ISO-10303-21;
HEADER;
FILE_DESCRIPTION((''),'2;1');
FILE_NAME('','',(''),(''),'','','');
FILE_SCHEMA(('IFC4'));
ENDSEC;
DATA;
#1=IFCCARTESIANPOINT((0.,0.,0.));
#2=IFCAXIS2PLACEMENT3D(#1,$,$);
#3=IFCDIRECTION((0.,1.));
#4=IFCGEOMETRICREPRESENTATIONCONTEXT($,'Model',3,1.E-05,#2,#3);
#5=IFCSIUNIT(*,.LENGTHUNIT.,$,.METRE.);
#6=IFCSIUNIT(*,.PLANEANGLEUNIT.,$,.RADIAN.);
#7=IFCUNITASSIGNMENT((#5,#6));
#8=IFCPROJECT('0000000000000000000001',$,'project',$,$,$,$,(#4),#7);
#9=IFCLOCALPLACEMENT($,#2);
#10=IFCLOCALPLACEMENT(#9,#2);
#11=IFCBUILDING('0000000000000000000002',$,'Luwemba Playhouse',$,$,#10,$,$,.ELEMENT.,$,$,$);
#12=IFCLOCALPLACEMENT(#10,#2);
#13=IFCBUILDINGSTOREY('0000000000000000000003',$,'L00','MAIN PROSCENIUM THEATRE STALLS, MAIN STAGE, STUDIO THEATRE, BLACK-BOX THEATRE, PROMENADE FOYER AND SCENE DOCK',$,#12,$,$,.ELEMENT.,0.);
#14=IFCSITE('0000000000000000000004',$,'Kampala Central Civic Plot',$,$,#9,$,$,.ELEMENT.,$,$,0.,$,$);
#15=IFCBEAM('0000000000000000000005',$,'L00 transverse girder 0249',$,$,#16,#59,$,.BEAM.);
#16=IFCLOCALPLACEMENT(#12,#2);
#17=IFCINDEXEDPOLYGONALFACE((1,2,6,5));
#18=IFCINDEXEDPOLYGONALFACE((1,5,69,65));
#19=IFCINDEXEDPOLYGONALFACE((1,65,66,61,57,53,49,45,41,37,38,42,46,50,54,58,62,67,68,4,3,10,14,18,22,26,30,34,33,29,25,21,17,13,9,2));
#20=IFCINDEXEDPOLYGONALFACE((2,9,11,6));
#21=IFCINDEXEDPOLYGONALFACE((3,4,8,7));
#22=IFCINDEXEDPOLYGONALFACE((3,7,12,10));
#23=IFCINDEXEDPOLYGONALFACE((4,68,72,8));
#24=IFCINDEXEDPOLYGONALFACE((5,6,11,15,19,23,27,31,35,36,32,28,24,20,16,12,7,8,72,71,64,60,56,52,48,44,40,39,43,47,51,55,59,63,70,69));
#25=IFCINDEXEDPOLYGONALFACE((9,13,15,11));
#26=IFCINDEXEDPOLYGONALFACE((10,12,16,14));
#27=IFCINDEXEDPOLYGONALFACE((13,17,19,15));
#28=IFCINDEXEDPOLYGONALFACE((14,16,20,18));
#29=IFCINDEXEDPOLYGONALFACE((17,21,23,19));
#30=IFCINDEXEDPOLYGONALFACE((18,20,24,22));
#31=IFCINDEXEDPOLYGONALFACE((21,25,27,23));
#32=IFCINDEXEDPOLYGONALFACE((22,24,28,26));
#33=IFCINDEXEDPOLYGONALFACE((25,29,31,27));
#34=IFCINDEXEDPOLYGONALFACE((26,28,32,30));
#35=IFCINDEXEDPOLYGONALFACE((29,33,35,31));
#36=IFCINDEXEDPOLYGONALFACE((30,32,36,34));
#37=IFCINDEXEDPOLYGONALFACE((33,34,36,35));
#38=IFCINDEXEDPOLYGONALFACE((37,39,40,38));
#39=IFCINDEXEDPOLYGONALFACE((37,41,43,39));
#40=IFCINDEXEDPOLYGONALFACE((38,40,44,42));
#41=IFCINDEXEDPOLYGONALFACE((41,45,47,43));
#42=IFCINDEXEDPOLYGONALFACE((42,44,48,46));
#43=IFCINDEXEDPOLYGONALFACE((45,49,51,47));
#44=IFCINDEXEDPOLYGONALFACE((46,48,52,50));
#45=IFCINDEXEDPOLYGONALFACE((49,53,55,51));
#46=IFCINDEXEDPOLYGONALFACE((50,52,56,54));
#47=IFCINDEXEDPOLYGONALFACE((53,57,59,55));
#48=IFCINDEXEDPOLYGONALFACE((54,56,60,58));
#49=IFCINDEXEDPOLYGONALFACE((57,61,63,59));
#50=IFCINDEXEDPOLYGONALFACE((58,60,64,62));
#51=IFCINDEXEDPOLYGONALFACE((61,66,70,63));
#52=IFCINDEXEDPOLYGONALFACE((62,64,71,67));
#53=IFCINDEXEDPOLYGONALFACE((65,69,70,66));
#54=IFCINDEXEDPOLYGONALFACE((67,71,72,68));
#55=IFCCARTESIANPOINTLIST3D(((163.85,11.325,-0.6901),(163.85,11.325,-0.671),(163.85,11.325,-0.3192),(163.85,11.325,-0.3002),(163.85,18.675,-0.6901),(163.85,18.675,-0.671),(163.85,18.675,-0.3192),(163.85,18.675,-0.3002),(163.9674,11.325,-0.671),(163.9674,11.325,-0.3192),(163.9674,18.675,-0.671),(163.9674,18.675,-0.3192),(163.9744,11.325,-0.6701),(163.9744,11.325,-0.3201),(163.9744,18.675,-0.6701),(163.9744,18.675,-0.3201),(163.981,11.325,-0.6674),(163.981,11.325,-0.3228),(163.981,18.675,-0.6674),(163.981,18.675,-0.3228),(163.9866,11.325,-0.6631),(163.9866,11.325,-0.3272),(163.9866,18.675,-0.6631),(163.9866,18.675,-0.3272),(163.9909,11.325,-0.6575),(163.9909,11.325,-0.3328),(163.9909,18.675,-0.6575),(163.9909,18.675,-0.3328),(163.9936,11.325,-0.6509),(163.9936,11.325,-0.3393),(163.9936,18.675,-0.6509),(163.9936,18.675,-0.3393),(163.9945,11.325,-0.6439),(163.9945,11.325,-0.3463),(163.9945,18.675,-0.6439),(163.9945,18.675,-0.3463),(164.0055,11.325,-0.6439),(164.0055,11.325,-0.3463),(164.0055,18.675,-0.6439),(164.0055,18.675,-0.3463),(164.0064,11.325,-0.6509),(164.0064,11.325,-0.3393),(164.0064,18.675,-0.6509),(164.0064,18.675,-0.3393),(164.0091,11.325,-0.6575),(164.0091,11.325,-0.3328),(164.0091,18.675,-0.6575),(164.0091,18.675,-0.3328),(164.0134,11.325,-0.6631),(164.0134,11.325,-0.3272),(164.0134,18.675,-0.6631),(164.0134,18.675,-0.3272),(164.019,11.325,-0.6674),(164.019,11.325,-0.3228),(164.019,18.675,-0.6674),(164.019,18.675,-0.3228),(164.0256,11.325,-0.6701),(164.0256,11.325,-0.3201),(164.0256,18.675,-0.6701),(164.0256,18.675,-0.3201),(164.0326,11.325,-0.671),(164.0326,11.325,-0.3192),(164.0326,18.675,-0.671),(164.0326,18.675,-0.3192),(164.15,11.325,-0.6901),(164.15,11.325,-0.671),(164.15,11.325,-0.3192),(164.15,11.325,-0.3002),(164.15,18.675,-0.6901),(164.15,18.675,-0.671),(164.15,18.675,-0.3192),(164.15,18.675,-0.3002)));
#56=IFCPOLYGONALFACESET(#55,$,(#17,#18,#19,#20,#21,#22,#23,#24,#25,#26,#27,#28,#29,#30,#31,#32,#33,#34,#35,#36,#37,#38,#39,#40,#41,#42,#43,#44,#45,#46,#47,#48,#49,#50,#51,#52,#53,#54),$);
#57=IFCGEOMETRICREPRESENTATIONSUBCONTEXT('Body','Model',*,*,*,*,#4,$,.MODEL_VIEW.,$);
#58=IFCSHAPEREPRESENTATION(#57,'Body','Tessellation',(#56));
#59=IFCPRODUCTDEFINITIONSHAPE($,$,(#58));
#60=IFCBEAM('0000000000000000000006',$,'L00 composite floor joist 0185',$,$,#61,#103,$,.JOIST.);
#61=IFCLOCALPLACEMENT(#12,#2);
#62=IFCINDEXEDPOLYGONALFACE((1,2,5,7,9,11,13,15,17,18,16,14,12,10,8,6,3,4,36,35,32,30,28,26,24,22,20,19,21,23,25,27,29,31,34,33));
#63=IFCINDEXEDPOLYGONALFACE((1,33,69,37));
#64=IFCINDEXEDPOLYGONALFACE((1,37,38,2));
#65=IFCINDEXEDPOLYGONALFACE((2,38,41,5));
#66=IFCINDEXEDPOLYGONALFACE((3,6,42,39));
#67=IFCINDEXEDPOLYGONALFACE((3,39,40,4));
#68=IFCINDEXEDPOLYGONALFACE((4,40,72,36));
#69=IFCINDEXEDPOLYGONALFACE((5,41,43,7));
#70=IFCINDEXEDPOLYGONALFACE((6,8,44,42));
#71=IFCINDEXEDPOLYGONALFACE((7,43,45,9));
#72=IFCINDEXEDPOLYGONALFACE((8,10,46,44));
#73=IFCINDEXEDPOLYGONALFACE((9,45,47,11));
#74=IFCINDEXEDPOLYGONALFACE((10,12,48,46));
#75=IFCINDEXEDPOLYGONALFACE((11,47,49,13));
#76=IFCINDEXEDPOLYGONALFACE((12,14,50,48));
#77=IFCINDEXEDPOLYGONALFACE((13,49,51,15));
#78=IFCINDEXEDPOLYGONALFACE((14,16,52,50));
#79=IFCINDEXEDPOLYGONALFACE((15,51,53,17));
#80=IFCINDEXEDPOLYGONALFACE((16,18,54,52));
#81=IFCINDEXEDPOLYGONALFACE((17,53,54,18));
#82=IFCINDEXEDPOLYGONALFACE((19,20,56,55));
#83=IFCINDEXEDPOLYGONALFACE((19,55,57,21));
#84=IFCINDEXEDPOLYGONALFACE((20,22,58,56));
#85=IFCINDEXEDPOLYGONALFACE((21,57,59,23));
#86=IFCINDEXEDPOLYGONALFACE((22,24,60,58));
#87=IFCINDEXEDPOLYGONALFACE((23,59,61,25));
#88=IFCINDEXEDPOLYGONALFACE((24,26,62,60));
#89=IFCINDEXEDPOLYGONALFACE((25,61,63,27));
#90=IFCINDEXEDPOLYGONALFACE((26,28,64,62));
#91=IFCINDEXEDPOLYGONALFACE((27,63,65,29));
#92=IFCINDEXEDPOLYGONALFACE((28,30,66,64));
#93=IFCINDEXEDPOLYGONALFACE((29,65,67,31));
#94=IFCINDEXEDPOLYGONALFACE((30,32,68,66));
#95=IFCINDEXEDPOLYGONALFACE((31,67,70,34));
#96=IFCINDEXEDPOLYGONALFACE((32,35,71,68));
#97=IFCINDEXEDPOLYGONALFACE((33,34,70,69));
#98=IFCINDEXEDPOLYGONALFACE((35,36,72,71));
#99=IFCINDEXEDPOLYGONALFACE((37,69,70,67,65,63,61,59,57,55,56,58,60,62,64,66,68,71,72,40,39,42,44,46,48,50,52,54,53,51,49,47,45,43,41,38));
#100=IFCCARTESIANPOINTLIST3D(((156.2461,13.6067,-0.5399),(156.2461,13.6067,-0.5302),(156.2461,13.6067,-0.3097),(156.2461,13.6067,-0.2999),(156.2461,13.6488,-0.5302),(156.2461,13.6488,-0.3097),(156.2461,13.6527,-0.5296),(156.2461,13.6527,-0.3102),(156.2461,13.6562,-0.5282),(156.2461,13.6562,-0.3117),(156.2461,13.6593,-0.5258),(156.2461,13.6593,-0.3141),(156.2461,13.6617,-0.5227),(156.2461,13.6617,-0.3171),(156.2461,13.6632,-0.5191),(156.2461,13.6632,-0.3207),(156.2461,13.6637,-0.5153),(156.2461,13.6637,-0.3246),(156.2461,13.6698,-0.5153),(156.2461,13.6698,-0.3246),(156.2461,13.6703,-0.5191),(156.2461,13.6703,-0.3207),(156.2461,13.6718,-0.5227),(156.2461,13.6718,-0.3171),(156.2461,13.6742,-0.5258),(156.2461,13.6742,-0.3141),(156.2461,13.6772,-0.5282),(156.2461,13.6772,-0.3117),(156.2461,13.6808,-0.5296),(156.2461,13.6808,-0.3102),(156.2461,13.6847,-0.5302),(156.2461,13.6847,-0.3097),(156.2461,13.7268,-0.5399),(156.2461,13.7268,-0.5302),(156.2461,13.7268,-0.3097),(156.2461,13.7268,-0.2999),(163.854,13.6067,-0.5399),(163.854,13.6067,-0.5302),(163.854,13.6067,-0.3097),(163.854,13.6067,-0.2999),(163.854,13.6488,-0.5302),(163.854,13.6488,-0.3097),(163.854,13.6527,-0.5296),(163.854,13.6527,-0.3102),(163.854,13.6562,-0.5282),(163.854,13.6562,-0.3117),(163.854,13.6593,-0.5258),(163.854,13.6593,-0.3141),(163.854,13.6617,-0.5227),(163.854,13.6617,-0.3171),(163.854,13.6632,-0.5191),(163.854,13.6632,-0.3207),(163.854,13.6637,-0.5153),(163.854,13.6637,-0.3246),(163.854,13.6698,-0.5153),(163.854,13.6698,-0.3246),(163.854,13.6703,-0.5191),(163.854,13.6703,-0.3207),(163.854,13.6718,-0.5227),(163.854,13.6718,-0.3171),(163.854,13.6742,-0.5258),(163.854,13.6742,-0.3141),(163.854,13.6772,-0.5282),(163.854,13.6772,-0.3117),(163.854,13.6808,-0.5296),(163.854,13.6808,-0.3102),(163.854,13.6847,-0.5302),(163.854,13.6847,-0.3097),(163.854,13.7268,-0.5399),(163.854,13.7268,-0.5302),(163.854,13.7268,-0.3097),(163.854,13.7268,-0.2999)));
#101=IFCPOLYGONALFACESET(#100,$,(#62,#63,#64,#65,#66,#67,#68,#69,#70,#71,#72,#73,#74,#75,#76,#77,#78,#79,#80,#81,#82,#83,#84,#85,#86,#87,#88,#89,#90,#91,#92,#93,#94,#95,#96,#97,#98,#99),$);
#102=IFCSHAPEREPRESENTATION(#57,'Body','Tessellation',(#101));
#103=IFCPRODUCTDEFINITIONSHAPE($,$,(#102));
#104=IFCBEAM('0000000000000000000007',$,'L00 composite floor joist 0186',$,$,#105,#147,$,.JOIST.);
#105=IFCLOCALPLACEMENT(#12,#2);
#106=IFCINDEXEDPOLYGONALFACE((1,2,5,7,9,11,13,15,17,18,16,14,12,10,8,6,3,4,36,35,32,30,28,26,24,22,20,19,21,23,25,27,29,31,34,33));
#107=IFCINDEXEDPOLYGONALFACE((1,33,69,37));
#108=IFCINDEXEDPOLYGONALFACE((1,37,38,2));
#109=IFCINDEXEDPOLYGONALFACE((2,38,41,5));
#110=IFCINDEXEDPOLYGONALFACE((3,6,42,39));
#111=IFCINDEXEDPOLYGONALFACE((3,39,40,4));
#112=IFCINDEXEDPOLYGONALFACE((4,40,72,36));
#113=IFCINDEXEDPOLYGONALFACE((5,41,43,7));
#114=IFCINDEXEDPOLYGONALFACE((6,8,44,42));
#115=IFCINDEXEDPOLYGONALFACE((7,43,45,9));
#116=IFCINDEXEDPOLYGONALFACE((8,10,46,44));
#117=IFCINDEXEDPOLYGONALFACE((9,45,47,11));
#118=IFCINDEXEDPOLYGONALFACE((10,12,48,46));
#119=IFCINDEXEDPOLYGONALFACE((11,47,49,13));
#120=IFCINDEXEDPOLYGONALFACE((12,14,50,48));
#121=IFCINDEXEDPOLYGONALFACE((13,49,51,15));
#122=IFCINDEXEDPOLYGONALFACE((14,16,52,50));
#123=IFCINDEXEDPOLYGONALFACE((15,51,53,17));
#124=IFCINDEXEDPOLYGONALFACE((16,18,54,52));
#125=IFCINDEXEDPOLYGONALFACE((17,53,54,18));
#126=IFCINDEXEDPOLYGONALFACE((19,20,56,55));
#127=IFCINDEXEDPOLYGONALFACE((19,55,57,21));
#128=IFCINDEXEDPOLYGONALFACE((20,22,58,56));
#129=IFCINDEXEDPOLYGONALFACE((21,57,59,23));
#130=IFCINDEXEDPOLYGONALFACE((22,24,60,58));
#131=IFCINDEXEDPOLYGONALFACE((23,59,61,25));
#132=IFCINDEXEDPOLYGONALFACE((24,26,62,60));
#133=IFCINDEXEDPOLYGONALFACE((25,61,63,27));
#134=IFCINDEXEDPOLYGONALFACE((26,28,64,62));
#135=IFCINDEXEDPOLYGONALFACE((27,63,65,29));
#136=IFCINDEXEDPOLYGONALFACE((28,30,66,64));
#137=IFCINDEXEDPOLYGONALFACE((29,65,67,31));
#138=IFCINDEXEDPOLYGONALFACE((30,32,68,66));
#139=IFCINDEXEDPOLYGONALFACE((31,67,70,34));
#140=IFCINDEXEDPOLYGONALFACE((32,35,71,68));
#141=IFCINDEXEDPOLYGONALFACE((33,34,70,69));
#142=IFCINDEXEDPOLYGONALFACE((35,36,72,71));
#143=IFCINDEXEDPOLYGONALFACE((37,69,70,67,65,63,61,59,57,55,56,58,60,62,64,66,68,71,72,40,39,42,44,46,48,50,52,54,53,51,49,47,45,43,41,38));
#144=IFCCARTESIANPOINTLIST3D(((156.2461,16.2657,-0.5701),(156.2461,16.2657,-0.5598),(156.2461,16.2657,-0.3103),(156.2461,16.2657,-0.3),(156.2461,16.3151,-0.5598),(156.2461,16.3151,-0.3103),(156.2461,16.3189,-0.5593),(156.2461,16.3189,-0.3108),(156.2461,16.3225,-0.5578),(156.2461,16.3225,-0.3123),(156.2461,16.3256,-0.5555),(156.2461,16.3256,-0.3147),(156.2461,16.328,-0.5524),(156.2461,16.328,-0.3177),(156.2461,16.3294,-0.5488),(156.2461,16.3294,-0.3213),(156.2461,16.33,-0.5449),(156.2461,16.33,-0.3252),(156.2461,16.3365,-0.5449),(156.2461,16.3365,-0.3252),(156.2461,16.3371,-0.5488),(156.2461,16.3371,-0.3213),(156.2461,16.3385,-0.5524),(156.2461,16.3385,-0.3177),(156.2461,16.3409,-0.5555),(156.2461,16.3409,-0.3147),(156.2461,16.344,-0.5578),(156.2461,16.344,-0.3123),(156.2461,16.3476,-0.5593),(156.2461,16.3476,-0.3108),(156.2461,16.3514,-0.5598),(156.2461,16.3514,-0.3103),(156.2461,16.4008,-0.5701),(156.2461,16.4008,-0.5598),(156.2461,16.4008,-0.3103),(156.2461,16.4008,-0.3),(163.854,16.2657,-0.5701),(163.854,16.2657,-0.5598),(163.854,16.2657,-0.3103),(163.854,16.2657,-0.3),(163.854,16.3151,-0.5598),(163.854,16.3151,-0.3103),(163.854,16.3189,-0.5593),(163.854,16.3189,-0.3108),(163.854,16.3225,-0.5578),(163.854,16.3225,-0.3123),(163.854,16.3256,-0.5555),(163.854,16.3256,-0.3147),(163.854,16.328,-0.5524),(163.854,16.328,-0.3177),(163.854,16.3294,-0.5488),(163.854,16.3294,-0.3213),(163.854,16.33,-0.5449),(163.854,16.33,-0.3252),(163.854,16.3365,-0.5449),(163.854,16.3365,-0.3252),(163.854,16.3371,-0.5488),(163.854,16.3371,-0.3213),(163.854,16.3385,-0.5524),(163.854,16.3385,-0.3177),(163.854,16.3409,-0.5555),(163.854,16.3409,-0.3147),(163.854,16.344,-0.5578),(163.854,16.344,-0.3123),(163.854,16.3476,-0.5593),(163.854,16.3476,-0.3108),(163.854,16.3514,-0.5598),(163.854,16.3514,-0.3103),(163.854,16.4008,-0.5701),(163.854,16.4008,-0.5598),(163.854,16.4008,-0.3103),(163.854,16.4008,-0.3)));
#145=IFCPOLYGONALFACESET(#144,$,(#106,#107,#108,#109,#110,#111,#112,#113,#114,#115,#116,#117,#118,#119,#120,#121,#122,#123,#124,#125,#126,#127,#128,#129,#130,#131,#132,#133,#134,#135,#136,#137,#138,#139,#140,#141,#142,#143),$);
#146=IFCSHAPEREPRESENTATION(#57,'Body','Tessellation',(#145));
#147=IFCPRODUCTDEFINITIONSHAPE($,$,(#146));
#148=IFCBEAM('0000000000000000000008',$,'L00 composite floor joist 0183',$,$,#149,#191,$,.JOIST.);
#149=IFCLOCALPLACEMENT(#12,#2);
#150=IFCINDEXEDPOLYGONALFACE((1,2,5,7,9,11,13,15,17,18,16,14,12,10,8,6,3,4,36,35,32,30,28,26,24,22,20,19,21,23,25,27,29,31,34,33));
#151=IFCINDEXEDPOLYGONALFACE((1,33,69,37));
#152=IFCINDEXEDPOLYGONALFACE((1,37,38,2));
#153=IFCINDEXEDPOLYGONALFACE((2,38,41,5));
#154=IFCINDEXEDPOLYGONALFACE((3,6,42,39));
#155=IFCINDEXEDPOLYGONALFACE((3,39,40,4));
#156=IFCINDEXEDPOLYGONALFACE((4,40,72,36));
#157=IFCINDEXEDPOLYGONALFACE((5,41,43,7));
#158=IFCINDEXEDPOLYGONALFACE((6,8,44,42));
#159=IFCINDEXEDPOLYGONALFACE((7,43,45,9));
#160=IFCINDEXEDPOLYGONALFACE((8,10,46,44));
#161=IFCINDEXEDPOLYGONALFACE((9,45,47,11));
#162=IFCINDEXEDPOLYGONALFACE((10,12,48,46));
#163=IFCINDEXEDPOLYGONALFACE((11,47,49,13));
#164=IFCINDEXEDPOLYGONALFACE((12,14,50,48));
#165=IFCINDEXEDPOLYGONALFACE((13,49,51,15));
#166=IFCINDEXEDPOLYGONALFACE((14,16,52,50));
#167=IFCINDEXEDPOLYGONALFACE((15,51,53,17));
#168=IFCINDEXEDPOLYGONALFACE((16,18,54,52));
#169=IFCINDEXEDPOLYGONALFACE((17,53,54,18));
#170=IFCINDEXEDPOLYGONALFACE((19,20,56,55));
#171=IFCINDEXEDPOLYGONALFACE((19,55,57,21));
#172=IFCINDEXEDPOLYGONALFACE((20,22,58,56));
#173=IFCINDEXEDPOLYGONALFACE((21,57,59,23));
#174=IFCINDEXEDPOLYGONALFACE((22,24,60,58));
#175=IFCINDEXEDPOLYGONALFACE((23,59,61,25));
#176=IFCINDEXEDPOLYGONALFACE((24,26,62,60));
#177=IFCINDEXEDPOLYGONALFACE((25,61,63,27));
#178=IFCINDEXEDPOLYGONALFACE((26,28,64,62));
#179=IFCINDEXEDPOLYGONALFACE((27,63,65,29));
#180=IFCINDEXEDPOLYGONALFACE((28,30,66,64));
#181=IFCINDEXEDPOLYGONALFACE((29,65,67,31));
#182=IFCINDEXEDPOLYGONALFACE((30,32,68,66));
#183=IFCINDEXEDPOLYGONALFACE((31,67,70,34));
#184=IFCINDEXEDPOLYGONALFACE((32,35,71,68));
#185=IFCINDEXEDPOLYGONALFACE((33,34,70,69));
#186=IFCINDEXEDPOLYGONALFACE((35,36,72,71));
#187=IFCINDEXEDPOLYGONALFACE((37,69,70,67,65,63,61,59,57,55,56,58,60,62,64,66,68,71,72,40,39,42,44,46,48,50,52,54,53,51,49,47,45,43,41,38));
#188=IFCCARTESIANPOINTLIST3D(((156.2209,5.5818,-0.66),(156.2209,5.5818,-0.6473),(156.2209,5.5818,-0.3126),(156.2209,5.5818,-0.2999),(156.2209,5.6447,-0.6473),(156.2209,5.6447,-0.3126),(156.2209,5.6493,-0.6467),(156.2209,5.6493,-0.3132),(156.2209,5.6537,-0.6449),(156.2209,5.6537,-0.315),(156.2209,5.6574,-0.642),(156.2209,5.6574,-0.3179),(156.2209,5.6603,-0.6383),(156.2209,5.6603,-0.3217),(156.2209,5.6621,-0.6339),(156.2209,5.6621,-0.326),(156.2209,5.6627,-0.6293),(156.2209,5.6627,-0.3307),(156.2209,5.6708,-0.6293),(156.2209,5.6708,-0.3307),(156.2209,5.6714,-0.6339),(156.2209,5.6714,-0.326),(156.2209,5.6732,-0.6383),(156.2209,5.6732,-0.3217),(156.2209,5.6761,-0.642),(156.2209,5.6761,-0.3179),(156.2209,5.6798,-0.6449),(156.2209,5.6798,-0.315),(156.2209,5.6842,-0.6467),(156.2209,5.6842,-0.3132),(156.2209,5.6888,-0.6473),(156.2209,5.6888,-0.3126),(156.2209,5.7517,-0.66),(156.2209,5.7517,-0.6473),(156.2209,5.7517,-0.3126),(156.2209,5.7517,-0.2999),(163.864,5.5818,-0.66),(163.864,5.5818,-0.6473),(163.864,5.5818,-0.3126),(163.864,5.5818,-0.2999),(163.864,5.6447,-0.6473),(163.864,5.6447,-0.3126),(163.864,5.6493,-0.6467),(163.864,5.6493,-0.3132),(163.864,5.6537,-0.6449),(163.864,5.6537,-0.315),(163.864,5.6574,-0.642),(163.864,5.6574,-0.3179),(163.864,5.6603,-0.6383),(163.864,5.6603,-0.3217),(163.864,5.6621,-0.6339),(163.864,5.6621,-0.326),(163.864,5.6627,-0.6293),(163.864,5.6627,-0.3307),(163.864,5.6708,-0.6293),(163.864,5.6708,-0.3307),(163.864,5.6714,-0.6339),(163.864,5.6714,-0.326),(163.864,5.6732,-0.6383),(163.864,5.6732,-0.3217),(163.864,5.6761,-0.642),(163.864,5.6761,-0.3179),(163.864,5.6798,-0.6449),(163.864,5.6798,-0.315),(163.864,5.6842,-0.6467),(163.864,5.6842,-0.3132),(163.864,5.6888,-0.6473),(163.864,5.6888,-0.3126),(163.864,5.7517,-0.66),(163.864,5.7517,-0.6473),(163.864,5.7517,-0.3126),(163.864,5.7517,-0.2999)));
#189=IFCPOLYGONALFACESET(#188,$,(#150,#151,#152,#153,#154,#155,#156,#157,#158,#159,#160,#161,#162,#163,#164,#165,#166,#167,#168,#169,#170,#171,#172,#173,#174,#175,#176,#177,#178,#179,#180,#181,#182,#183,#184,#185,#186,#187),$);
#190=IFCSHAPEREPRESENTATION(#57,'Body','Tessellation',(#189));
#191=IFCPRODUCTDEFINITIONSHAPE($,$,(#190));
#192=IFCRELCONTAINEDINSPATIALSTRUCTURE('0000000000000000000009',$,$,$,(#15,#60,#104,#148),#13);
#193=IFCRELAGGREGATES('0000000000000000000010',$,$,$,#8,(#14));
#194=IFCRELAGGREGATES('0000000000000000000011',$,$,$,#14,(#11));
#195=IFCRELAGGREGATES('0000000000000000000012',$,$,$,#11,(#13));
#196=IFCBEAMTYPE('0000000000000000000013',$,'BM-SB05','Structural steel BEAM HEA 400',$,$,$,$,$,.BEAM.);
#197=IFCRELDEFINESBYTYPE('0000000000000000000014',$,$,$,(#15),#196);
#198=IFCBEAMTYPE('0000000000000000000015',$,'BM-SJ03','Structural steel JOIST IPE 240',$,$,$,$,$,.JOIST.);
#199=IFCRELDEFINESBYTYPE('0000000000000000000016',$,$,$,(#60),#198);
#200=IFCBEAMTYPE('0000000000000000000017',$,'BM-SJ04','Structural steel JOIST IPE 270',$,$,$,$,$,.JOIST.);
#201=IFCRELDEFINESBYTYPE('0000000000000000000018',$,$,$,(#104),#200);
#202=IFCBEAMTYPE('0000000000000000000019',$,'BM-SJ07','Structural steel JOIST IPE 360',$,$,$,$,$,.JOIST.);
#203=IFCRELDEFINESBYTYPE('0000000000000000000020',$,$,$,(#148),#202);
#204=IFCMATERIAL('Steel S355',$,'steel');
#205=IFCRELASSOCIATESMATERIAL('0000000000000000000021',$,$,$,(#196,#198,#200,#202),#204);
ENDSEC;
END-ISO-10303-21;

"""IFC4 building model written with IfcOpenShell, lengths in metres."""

from ifc_helpers import new_model, si_unit, direction, frame, origin, origin_2d, place, context, subcontext, project, spatial, i_section, extrude, material, material_profile, profile_set, type_object, element, save


model = new_model("IFC4")

# Units and contexts
model_context = context("Model", 3, precision=1e-05, world=origin(), true_north=direction((0.0, 1.0)))
body_context = subcontext(model_context, "Body", "Model", "MODEL_VIEW")
ifc_project = project(units=[si_unit("LENGTHUNIT", "METRE"), si_unit("PLANEANGLEUNIT", "RADIAN")], contexts=[model_context])

# Site, building, storey
site_placement = place(None, origin())
site = spatial("IfcSite", under=ifc_project, at=site_placement, Name="Kampala Central Civic Plot", CompositionType="ELEMENT", RefElevation=0.0)
building_placement = place(site_placement, origin())
building = spatial("IfcBuilding", under=site, at=building_placement, Name="Luwemba Playhouse", CompositionType="ELEMENT")
storey_placement = place(building_placement, origin())
storey = spatial("IfcBuildingStorey", under=building, at=storey_placement, Name="L00", Description="MAIN PROSCENIUM THEATRE STALLS, MAIN STAGE, STUDIO THEATRE, BLACK-BOX THEATRE, PROMENADE FOYER AND SCENE DOCK", CompositionType="ELEMENT", Elevation=0.0)

# Beams
ifc_material_1 = material(Name="Steel S355", Category="steel")
ifc_material_profile_1 = material_profile(ifc_material_1, i_section(OverallWidth=0.3, OverallDepth=0.3899, WebThickness=0.011, FlangeThickness=0.019, FilletRadius=0.0271, at=origin_2d()))
ifc_profile_set_1 = profile_set([ifc_material_profile_1], Name="Steel S355")
beam_type_1 = type_object("IfcBeamType", Name="BM-SB05", Description="Structural steel BEAM HEA 400", PredefinedType="BEAM", material=ifc_profile_set_1)
beam_1_placement = place(storey_placement, frame((164.0, 11.325, -0.4951), z_axis=(0.0, 1.0, 0.0), x_axis=(-1.0, 0.0, 0.0)))
element("IfcBeam", 1, at=beam_1_placement, inside=storey, type_object=beam_type_1, Name="L00 transverse girder 0249", PredefinedType="BEAM", context=body_context, shape_type="SweptSolid", body=[
    extrude(i_section(OverallWidth=0.3, OverallDepth=0.3899, WebThickness=0.011, FlangeThickness=0.019, FilletRadius=0.0271, at=origin_2d()), origin(), (0.0, 0.0, 1.0), 7.3501),
])
ifc_material_profile_2 = material_profile(ifc_material_1, i_section(OverallWidth=0.1201, OverallDepth=0.24, WebThickness=0.0061, FlangeThickness=0.0098, FilletRadius=0.0149, at=origin_2d()))
ifc_profile_set_2 = profile_set([ifc_material_profile_2], Name="Steel S355")
beam_type_2 = type_object("IfcBeamType", Name="BM-SJ03", Description="Structural steel JOIST IPE 240", PredefinedType="JOIST", material=ifc_profile_set_2)
beam_2_placement = place(storey_placement, frame((156.2461, 13.6667, -0.4199), z_axis=(1.0, 0.0, 0.0), x_axis=(0.0, 1.0, 0.0)))
element("IfcBeam", 2, at=beam_2_placement, inside=storey, type_object=beam_type_2, Name="L00 composite floor joist 0185", PredefinedType="JOIST", context=body_context, shape_type="SweptSolid", body=[
    extrude(i_section(OverallWidth=0.1201, OverallDepth=0.24, WebThickness=0.0061, FlangeThickness=0.0098, FilletRadius=0.0149, at=origin_2d()), origin(), (0.0, 0.0, 1.0), 7.6079),
])
ifc_material_profile_3 = material_profile(ifc_material_1, i_section(OverallWidth=0.135, OverallDepth=0.27, WebThickness=0.0066, FlangeThickness=0.0103, FilletRadius=0.0149, at=origin_2d()))
ifc_profile_set_3 = profile_set([ifc_material_profile_3], Name="Steel S355")
beam_type_3 = type_object("IfcBeamType", Name="BM-SJ04", Description="Structural steel JOIST IPE 270", PredefinedType="JOIST", material=ifc_profile_set_3)
beam_3_placement = place(storey_placement, frame((156.2461, 16.3333, -0.4351), z_axis=(1.0, 0.0, 0.0), x_axis=(0.0, 1.0, 0.0)))
element("IfcBeam", 3, at=beam_3_placement, inside=storey, type_object=beam_type_3, Name="L00 composite floor joist 0186", PredefinedType="JOIST", context=body_context, shape_type="SweptSolid", body=[
    extrude(i_section(OverallWidth=0.135, OverallDepth=0.27, WebThickness=0.0066, FlangeThickness=0.0103, FilletRadius=0.0149, at=origin_2d()), origin(), (0.0, 0.0, 1.0), 7.6079),
])
ifc_material_profile_4 = material_profile(ifc_material_1, i_section(OverallWidth=0.1699, OverallDepth=0.3601, WebThickness=0.0081, FlangeThickness=0.0127, FilletRadius=0.0181, at=origin_2d()))
ifc_profile_set_4 = profile_set([ifc_material_profile_4], Name="Steel S355")
beam_type_4 = type_object("IfcBeamType", Name="BM-SJ07", Description="Structural steel JOIST IPE 360", PredefinedType="JOIST", material=ifc_profile_set_4)
beam_4_placement = place(storey_placement, frame((156.2209, 5.6667, -0.48), z_axis=(1.0, 0.0, 0.0), x_axis=(0.0, 1.0, 0.0)))
element("IfcBeam", 4, at=beam_4_placement, inside=storey, type_object=beam_type_4, Name="L00 composite floor joist 0183", PredefinedType="JOIST", context=body_context, shape_type="SweptSolid", body=[
    extrude(i_section(OverallWidth=0.1699, OverallDepth=0.3601, WebThickness=0.0081, FlangeThickness=0.0127, FilletRadius=0.0181, at=origin_2d()), origin(), (0.0, 0.0, 1.0), 7.6431),
])

save(model, "model.ifc")
